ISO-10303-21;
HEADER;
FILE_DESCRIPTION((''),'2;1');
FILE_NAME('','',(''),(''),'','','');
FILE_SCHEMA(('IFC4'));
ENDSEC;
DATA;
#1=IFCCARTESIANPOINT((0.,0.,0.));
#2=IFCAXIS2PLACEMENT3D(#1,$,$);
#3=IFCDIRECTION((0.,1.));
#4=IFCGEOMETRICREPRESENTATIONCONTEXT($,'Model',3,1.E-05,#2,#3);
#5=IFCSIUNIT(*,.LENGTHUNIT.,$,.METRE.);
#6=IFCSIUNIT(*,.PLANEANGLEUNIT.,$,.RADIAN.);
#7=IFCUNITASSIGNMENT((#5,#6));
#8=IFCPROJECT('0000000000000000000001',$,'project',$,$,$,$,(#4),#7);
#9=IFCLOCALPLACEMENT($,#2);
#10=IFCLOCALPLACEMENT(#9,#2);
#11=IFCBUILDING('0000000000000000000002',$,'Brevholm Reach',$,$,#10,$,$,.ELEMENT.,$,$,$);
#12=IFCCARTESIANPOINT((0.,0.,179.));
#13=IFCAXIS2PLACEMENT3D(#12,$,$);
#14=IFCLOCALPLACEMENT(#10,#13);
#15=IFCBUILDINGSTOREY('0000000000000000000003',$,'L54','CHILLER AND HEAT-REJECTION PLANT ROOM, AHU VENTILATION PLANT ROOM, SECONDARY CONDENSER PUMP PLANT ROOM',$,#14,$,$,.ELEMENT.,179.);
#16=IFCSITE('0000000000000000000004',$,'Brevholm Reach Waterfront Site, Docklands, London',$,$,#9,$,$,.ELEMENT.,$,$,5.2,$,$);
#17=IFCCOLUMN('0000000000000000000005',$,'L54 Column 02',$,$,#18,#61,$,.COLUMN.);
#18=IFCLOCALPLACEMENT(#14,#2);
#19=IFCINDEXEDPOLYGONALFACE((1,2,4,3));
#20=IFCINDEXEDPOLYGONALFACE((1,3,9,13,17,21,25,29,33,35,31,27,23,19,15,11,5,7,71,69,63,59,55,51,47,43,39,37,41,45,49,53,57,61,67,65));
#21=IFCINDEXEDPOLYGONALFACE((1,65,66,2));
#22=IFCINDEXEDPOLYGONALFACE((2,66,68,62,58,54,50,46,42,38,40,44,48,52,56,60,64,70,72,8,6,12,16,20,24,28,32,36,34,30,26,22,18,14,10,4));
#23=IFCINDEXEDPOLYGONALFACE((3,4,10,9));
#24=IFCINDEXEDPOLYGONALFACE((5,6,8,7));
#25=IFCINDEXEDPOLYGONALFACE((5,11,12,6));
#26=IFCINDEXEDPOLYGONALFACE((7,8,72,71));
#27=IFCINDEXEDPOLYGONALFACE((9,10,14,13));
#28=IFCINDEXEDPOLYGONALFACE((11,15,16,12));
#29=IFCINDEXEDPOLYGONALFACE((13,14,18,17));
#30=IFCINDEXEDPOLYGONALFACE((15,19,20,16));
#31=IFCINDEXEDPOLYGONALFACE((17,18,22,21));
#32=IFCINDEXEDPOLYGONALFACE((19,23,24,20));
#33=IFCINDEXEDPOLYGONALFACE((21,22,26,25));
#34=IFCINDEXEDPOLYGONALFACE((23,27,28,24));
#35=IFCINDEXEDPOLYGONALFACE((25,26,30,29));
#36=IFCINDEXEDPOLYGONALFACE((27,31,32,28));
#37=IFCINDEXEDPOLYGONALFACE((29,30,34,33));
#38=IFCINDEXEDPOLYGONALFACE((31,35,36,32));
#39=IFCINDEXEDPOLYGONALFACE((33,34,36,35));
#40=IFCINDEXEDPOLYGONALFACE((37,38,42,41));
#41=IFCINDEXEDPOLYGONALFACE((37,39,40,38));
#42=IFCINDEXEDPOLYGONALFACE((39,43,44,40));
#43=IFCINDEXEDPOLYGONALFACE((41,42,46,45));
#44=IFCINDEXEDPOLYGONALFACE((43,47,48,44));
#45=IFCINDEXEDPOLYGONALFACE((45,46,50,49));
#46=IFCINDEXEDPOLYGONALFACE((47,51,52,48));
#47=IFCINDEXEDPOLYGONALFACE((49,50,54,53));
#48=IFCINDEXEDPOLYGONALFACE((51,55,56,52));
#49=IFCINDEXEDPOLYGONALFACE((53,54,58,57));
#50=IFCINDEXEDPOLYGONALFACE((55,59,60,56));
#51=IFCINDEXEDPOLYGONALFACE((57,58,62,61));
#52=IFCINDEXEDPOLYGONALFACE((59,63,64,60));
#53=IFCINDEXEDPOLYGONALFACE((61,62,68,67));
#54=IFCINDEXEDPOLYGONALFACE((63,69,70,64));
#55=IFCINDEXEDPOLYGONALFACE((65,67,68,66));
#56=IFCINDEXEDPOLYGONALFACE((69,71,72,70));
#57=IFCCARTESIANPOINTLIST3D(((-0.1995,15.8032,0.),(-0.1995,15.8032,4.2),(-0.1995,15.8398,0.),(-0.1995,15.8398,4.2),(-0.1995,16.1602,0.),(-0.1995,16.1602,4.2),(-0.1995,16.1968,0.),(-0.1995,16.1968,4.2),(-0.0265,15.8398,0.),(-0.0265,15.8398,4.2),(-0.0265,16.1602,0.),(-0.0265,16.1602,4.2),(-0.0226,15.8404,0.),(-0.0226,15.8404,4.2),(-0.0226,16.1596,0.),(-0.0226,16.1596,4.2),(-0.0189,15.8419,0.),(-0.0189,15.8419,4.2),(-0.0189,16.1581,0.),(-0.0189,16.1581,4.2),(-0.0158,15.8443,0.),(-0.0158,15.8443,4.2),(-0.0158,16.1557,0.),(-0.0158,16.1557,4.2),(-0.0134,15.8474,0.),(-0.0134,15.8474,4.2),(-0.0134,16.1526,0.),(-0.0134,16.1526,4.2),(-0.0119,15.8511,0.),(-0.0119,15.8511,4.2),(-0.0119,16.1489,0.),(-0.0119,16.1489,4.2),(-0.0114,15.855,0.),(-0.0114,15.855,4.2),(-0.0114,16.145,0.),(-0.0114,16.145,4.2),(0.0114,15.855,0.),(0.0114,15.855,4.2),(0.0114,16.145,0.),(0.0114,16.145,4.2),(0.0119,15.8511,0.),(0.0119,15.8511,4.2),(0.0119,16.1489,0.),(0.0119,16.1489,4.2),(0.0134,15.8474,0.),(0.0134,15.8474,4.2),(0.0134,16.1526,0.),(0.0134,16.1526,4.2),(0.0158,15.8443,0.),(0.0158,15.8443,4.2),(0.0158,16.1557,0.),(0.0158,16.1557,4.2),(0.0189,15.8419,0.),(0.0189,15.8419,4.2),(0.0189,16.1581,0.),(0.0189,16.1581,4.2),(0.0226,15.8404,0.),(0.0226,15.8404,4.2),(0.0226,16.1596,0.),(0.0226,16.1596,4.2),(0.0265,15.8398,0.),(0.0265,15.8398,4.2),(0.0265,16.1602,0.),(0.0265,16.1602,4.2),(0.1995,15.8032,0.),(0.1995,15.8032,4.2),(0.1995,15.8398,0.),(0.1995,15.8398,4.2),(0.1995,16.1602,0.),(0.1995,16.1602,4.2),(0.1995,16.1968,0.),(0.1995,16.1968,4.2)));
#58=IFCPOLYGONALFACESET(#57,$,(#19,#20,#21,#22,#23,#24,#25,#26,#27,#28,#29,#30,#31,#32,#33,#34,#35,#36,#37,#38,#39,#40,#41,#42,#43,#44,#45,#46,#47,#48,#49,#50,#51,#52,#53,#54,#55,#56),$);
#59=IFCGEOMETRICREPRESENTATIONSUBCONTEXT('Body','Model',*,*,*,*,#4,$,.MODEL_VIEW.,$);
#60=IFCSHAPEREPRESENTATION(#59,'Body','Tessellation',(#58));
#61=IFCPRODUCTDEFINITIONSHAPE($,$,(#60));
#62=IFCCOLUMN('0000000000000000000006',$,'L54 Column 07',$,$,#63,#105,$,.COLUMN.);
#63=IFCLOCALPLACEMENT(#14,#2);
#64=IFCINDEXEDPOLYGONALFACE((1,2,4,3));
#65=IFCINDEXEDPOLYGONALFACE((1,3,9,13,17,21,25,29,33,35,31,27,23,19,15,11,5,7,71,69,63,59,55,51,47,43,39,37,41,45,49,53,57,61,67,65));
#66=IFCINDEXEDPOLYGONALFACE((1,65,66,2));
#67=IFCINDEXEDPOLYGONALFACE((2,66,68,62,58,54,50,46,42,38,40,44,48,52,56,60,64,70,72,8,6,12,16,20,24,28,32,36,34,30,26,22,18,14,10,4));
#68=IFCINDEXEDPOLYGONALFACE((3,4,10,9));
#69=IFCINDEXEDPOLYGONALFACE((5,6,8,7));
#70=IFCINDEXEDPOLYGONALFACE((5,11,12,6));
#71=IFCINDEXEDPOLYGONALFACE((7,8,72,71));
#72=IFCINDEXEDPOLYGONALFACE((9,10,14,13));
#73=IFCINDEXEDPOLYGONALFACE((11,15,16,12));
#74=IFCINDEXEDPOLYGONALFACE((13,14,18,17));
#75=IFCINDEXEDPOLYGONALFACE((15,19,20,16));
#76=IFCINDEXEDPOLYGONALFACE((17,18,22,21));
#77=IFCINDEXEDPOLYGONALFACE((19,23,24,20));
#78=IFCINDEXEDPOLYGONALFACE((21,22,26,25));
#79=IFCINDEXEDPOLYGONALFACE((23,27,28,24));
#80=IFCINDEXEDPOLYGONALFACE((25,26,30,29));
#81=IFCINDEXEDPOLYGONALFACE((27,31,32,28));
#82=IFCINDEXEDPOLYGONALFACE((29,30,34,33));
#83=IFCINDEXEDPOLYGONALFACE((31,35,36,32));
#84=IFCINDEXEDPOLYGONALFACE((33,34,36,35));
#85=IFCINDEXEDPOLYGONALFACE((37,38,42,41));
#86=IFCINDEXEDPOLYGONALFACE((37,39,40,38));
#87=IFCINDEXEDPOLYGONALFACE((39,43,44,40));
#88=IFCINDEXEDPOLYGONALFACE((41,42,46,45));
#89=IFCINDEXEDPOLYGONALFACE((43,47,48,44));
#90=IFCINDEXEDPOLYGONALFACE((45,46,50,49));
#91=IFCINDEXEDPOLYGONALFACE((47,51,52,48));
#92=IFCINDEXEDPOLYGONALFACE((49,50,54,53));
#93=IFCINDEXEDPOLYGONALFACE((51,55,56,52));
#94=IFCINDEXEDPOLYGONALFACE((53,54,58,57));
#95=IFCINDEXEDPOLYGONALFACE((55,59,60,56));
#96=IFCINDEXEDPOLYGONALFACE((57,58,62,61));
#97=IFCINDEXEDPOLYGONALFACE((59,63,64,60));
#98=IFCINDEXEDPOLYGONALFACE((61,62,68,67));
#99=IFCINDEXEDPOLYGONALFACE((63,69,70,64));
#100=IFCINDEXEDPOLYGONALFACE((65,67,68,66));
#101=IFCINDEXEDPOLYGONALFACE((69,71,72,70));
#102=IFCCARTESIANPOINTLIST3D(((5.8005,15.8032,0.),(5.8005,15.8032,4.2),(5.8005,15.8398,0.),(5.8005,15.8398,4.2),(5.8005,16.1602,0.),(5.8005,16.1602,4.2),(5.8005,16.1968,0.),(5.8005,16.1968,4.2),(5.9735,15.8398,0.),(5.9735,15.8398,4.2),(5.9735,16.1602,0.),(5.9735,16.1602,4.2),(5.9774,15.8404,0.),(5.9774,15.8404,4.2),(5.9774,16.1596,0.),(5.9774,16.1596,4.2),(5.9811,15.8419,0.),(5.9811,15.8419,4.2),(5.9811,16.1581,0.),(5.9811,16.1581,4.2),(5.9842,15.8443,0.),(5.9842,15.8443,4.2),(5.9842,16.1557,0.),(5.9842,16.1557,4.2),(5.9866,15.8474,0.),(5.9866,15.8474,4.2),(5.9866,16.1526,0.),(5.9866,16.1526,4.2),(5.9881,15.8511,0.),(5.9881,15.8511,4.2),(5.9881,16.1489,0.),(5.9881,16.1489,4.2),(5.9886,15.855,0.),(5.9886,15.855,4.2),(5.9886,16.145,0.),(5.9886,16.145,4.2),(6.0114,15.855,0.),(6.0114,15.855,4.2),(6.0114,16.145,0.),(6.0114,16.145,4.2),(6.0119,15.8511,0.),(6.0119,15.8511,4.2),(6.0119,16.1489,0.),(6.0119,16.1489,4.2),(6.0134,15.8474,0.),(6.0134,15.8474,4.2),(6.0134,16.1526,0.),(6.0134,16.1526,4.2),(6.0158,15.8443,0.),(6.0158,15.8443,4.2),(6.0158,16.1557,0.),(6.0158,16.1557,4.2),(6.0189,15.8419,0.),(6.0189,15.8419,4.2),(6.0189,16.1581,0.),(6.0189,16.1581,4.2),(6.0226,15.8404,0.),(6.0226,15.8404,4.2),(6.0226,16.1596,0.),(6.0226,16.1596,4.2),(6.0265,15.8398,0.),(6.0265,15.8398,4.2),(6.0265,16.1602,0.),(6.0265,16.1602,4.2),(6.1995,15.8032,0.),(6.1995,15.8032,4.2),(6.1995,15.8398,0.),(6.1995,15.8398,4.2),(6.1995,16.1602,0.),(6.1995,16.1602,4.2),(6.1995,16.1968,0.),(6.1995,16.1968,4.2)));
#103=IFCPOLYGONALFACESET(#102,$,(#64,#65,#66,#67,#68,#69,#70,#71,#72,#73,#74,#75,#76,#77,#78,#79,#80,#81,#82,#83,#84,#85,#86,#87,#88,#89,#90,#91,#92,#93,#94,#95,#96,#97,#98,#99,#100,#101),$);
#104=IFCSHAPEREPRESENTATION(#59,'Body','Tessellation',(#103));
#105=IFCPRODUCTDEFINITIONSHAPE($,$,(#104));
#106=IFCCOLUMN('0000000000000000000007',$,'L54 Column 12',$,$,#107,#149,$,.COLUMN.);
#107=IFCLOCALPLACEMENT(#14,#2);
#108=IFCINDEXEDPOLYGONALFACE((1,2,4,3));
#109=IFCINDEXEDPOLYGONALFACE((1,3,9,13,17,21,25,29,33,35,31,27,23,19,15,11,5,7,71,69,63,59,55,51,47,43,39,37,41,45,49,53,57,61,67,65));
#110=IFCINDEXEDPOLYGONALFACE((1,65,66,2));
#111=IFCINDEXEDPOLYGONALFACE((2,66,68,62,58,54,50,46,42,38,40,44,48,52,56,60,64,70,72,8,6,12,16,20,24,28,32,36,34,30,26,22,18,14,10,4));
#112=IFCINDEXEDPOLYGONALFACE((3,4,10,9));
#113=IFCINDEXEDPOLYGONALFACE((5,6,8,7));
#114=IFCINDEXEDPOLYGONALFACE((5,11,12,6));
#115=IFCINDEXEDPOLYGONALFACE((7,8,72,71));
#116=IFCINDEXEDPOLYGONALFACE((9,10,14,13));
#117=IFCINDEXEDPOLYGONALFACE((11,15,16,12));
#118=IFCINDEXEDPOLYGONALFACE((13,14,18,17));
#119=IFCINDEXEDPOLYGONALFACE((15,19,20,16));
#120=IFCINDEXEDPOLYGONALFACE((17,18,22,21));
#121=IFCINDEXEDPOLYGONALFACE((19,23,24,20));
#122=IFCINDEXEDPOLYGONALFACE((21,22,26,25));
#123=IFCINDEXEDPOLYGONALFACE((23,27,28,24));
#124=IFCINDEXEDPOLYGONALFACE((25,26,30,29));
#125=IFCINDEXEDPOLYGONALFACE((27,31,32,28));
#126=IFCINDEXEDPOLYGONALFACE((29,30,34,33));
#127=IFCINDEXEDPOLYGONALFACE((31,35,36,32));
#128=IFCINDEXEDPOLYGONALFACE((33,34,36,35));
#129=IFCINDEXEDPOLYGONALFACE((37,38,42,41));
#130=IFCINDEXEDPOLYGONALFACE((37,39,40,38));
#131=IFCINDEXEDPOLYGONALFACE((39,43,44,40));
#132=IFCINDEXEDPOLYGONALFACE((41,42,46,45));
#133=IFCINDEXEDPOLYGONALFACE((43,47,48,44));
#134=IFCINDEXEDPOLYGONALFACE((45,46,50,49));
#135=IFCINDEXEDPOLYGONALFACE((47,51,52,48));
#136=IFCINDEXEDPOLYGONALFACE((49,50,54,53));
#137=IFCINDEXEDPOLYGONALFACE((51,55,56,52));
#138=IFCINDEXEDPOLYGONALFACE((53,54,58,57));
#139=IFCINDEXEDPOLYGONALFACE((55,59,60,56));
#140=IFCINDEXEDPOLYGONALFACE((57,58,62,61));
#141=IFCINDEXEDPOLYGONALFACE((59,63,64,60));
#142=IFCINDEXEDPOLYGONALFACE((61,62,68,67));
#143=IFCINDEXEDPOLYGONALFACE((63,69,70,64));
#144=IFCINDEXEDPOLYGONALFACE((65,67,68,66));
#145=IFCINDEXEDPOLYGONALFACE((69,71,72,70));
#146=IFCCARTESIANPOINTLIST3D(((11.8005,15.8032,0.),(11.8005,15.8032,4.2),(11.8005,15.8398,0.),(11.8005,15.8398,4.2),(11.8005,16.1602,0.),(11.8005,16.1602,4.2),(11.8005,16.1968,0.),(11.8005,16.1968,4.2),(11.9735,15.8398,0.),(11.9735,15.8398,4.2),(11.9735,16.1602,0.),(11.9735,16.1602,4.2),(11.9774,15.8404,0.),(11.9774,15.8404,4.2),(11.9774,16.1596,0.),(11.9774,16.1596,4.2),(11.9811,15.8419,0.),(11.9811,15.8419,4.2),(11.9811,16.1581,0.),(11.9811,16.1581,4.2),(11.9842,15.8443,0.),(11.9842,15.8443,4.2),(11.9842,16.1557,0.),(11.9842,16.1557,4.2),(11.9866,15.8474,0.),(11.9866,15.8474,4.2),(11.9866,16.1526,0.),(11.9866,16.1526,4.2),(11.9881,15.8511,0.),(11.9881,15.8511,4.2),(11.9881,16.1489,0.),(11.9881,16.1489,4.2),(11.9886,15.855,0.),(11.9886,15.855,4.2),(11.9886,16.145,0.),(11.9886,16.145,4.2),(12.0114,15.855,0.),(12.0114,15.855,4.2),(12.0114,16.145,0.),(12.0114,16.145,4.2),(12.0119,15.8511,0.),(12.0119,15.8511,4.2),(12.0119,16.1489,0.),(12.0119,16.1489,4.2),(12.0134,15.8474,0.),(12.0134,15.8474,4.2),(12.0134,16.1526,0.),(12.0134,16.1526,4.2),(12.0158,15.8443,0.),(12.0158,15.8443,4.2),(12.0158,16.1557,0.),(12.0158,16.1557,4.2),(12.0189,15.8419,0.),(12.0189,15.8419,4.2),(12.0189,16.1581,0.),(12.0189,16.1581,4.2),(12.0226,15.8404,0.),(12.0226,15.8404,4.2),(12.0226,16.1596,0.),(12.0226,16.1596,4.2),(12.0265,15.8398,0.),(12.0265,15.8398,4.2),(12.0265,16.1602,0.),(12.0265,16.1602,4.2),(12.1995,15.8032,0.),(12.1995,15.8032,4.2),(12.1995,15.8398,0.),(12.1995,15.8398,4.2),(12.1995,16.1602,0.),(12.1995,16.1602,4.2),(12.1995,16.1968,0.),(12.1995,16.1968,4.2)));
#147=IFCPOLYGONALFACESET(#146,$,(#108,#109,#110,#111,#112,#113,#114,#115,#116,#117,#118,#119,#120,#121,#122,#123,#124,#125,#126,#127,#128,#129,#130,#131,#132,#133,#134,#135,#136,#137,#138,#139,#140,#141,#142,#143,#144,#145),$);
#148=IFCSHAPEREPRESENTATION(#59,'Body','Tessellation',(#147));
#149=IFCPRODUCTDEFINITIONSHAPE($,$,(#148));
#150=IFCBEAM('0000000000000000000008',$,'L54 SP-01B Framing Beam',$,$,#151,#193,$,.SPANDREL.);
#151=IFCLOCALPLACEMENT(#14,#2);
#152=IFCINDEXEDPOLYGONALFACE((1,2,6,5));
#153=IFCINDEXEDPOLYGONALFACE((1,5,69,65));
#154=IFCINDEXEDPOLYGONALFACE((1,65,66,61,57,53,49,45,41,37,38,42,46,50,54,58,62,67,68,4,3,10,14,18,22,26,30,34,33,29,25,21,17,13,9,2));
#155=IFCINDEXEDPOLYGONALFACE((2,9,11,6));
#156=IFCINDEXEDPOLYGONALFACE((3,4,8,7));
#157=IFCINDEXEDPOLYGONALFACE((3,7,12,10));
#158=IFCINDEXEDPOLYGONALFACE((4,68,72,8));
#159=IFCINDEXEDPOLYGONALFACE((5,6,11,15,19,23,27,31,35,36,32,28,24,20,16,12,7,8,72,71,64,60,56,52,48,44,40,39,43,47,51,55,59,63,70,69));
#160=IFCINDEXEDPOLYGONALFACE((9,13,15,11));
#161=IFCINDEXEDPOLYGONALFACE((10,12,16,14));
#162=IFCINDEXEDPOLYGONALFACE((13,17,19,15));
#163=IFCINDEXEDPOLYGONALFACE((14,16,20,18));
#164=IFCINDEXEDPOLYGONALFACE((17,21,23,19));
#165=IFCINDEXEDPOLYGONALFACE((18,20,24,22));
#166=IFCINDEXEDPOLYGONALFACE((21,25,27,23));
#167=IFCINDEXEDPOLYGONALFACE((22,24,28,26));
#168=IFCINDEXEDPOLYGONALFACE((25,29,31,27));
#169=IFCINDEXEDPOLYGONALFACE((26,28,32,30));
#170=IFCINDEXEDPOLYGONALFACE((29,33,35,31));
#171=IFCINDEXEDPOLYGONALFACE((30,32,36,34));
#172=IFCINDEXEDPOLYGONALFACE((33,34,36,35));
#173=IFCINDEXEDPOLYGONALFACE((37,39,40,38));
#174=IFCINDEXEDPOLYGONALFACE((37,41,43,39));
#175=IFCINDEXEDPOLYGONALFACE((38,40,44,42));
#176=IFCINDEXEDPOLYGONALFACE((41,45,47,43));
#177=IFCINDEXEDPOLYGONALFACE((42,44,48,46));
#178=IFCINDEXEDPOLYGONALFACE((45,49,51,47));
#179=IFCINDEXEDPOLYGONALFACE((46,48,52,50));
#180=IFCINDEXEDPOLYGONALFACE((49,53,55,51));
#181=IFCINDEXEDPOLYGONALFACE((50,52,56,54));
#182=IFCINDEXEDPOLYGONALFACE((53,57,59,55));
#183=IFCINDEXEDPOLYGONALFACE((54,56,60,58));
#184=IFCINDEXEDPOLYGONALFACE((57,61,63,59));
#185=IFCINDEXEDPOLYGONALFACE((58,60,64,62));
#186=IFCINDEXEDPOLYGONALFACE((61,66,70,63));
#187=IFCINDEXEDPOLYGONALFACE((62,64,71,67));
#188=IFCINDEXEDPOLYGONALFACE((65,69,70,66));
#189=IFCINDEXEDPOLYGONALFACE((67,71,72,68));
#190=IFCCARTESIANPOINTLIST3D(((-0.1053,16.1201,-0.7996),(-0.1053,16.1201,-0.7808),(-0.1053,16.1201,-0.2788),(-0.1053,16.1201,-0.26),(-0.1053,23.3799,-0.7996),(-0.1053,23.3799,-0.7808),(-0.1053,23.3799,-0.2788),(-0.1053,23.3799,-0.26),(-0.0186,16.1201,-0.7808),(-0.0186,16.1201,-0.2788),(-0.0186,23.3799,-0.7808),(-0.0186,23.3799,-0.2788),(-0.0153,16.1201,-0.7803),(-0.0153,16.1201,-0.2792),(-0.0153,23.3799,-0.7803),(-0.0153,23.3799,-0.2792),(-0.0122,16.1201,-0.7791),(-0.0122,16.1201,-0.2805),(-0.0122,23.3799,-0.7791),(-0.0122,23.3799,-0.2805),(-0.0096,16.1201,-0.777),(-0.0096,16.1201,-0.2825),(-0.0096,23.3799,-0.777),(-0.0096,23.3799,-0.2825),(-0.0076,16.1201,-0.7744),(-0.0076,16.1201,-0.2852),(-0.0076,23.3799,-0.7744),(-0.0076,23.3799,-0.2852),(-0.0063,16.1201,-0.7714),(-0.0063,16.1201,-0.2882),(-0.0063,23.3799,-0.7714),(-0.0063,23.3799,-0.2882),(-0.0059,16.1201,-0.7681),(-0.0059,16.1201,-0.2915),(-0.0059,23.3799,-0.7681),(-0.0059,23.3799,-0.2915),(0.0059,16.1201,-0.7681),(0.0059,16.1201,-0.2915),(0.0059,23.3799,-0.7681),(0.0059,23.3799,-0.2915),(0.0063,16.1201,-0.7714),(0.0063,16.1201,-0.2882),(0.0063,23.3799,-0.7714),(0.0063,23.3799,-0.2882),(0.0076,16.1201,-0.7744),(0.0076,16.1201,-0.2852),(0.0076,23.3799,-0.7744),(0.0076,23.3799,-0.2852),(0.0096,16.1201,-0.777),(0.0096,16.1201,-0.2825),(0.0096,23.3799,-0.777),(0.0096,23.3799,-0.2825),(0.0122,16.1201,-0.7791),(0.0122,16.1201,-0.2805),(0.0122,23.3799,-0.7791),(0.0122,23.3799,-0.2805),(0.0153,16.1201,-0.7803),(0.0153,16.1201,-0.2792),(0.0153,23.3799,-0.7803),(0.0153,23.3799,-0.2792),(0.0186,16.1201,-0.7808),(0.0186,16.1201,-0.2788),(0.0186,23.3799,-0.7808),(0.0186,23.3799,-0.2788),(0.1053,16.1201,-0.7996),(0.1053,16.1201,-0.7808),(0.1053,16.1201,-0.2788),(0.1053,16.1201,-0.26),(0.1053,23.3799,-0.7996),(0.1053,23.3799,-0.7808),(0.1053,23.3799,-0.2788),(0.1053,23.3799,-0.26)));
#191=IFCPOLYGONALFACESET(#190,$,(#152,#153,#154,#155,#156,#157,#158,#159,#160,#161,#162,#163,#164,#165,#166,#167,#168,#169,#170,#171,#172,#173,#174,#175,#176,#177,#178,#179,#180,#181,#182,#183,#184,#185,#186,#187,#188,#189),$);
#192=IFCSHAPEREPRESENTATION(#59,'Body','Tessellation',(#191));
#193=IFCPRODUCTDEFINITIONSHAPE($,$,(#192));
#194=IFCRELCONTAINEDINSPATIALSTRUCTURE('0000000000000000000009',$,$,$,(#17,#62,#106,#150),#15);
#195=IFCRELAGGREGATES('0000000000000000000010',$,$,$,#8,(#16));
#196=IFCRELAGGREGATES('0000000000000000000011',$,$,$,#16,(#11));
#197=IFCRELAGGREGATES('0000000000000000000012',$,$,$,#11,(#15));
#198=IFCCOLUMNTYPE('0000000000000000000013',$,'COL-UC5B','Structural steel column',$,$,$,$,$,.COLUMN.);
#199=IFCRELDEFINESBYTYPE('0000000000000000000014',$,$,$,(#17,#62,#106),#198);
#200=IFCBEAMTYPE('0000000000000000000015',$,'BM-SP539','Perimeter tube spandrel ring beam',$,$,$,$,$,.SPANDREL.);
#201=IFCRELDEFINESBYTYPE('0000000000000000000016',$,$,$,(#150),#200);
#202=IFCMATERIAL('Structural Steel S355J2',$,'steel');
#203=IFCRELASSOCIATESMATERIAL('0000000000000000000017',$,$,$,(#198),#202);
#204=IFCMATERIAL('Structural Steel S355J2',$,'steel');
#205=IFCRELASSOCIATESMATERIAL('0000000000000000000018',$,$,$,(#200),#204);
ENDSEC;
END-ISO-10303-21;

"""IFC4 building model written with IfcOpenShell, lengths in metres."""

from ifc_helpers import new_model, si_unit, direction, frame, origin, origin_2d, place, context, subcontext, project, spatial, i_section, extrude, material, material_profile, profile_set, type_object, element, save


model = new_model("IFC4")

# Units and contexts
model_context = context("Model", 3, precision=1e-05, world=origin(), true_north=direction((0.0, 1.0)))
body_context = subcontext(model_context, "Body", "Model", "MODEL_VIEW")
ifc_project = project(units=[si_unit("LENGTHUNIT", "METRE"), si_unit("PLANEANGLEUNIT", "RADIAN")], contexts=[model_context])

# Site, building, storey
site_placement = place(None, origin())
site = spatial("IfcSite", under=ifc_project, at=site_placement, Name="Brevholm Reach Waterfront Site, Docklands, London", CompositionType="ELEMENT", RefElevation=5.2)
building_placement = place(site_placement, origin())
building = spatial("IfcBuilding", under=site, at=building_placement, Name="Brevholm Reach", CompositionType="ELEMENT")
storey_placement = place(building_placement, frame((0.0, 0.0, 179.0)))
storey = spatial("IfcBuildingStorey", under=building, at=storey_placement, Name="L54", Description="CHILLER AND HEAT-REJECTION PLANT ROOM, AHU VENTILATION PLANT ROOM, SECONDARY CONDENSER PUMP PLANT ROOM", CompositionType="ELEMENT", Elevation=179.0)

# Columns
ifc_material_1 = material(Name="Structural Steel S355J2", Category="steel")
ifc_material_profile_1 = material_profile(ifc_material_1, i_section(OverallWidth=0.3989, OverallDepth=0.3936, WebThickness=0.0227, FlangeThickness=0.0366, FilletRadius=0.0151, at=origin_2d()), Name="UKC 356x406x287")
ifc_profile_set_1 = profile_set([ifc_material_profile_1], Name="Structural Steel S355J2")
column_type = type_object("IfcColumnType", Name="COL-UC5B", Description="Structural steel column", PredefinedType="COLUMN", material=ifc_profile_set_1)
for number, where, z_axis, x_axis, name in (
    (1, (0.0, 16.0, 0.0), (0.0, 0.0, 1.0), (1.0, 0.0, 0.0), "L54 Column 02"),
    (2, (6.0, 16.0, 0.0), (0.0, 0.0, 1.0), (1.0, 0.0, 0.0), "L54 Column 07"),
    (3, (12.0, 16.0, 0.0), (0.0, 0.0, 1.0), (1.0, 0.0, 0.0), "L54 Column 12"),
):
    element("IfcColumn", number, at=place(storey_placement, frame(where, z_axis=z_axis, x_axis=x_axis)), inside=storey, type_object=column_type, Name=name, PredefinedType="COLUMN", context=body_context, shape_type="SweptSolid", body=[
        extrude(i_section(OverallWidth=0.3989, OverallDepth=0.3936, WebThickness=0.0227, FlangeThickness=0.0366, FilletRadius=0.0151, at=origin_2d()), origin(), (0.0, 0.0, 1.0), 4.2),
    ])

# Beam
ifc_material_2 = material(Name="Structural Steel S355J2", Category="steel")
ifc_material_profile_2 = material_profile(ifc_material_2, i_section(OverallWidth=0.2107, OverallDepth=0.5396, WebThickness=0.0117, FlangeThickness=0.0188, FilletRadius=0.0127, at=origin_2d()), Name="UKB 533x210x109")
ifc_profile_set_2 = profile_set([ifc_material_profile_2], Name="Structural Steel S355J2")
beam_type_1 = type_object("IfcBeamType", Name="BM-SP539", Description="Perimeter tube spandrel ring beam", PredefinedType="SPANDREL", material=ifc_profile_set_2)
beam_placement = place(storey_placement, frame((0.0, 16.1201, -0.5298), z_axis=(0.0, 1.0, 0.0), x_axis=(-1.0, 0.0, 0.0)))
element("IfcBeam", 4, at=beam_placement, inside=storey, type_object=beam_type_1, Name="L54 SP-01B Framing Beam", PredefinedType="SPANDREL", context=body_context, shape_type="SweptSolid", body=[
    extrude(i_section(OverallWidth=0.2107, OverallDepth=0.5396, WebThickness=0.0117, FlangeThickness=0.0188, FilletRadius=0.0127, at=origin_2d()), origin(), (0.0, 0.0, 1.0), 7.2598),
])

save(model, "model.ifc")
